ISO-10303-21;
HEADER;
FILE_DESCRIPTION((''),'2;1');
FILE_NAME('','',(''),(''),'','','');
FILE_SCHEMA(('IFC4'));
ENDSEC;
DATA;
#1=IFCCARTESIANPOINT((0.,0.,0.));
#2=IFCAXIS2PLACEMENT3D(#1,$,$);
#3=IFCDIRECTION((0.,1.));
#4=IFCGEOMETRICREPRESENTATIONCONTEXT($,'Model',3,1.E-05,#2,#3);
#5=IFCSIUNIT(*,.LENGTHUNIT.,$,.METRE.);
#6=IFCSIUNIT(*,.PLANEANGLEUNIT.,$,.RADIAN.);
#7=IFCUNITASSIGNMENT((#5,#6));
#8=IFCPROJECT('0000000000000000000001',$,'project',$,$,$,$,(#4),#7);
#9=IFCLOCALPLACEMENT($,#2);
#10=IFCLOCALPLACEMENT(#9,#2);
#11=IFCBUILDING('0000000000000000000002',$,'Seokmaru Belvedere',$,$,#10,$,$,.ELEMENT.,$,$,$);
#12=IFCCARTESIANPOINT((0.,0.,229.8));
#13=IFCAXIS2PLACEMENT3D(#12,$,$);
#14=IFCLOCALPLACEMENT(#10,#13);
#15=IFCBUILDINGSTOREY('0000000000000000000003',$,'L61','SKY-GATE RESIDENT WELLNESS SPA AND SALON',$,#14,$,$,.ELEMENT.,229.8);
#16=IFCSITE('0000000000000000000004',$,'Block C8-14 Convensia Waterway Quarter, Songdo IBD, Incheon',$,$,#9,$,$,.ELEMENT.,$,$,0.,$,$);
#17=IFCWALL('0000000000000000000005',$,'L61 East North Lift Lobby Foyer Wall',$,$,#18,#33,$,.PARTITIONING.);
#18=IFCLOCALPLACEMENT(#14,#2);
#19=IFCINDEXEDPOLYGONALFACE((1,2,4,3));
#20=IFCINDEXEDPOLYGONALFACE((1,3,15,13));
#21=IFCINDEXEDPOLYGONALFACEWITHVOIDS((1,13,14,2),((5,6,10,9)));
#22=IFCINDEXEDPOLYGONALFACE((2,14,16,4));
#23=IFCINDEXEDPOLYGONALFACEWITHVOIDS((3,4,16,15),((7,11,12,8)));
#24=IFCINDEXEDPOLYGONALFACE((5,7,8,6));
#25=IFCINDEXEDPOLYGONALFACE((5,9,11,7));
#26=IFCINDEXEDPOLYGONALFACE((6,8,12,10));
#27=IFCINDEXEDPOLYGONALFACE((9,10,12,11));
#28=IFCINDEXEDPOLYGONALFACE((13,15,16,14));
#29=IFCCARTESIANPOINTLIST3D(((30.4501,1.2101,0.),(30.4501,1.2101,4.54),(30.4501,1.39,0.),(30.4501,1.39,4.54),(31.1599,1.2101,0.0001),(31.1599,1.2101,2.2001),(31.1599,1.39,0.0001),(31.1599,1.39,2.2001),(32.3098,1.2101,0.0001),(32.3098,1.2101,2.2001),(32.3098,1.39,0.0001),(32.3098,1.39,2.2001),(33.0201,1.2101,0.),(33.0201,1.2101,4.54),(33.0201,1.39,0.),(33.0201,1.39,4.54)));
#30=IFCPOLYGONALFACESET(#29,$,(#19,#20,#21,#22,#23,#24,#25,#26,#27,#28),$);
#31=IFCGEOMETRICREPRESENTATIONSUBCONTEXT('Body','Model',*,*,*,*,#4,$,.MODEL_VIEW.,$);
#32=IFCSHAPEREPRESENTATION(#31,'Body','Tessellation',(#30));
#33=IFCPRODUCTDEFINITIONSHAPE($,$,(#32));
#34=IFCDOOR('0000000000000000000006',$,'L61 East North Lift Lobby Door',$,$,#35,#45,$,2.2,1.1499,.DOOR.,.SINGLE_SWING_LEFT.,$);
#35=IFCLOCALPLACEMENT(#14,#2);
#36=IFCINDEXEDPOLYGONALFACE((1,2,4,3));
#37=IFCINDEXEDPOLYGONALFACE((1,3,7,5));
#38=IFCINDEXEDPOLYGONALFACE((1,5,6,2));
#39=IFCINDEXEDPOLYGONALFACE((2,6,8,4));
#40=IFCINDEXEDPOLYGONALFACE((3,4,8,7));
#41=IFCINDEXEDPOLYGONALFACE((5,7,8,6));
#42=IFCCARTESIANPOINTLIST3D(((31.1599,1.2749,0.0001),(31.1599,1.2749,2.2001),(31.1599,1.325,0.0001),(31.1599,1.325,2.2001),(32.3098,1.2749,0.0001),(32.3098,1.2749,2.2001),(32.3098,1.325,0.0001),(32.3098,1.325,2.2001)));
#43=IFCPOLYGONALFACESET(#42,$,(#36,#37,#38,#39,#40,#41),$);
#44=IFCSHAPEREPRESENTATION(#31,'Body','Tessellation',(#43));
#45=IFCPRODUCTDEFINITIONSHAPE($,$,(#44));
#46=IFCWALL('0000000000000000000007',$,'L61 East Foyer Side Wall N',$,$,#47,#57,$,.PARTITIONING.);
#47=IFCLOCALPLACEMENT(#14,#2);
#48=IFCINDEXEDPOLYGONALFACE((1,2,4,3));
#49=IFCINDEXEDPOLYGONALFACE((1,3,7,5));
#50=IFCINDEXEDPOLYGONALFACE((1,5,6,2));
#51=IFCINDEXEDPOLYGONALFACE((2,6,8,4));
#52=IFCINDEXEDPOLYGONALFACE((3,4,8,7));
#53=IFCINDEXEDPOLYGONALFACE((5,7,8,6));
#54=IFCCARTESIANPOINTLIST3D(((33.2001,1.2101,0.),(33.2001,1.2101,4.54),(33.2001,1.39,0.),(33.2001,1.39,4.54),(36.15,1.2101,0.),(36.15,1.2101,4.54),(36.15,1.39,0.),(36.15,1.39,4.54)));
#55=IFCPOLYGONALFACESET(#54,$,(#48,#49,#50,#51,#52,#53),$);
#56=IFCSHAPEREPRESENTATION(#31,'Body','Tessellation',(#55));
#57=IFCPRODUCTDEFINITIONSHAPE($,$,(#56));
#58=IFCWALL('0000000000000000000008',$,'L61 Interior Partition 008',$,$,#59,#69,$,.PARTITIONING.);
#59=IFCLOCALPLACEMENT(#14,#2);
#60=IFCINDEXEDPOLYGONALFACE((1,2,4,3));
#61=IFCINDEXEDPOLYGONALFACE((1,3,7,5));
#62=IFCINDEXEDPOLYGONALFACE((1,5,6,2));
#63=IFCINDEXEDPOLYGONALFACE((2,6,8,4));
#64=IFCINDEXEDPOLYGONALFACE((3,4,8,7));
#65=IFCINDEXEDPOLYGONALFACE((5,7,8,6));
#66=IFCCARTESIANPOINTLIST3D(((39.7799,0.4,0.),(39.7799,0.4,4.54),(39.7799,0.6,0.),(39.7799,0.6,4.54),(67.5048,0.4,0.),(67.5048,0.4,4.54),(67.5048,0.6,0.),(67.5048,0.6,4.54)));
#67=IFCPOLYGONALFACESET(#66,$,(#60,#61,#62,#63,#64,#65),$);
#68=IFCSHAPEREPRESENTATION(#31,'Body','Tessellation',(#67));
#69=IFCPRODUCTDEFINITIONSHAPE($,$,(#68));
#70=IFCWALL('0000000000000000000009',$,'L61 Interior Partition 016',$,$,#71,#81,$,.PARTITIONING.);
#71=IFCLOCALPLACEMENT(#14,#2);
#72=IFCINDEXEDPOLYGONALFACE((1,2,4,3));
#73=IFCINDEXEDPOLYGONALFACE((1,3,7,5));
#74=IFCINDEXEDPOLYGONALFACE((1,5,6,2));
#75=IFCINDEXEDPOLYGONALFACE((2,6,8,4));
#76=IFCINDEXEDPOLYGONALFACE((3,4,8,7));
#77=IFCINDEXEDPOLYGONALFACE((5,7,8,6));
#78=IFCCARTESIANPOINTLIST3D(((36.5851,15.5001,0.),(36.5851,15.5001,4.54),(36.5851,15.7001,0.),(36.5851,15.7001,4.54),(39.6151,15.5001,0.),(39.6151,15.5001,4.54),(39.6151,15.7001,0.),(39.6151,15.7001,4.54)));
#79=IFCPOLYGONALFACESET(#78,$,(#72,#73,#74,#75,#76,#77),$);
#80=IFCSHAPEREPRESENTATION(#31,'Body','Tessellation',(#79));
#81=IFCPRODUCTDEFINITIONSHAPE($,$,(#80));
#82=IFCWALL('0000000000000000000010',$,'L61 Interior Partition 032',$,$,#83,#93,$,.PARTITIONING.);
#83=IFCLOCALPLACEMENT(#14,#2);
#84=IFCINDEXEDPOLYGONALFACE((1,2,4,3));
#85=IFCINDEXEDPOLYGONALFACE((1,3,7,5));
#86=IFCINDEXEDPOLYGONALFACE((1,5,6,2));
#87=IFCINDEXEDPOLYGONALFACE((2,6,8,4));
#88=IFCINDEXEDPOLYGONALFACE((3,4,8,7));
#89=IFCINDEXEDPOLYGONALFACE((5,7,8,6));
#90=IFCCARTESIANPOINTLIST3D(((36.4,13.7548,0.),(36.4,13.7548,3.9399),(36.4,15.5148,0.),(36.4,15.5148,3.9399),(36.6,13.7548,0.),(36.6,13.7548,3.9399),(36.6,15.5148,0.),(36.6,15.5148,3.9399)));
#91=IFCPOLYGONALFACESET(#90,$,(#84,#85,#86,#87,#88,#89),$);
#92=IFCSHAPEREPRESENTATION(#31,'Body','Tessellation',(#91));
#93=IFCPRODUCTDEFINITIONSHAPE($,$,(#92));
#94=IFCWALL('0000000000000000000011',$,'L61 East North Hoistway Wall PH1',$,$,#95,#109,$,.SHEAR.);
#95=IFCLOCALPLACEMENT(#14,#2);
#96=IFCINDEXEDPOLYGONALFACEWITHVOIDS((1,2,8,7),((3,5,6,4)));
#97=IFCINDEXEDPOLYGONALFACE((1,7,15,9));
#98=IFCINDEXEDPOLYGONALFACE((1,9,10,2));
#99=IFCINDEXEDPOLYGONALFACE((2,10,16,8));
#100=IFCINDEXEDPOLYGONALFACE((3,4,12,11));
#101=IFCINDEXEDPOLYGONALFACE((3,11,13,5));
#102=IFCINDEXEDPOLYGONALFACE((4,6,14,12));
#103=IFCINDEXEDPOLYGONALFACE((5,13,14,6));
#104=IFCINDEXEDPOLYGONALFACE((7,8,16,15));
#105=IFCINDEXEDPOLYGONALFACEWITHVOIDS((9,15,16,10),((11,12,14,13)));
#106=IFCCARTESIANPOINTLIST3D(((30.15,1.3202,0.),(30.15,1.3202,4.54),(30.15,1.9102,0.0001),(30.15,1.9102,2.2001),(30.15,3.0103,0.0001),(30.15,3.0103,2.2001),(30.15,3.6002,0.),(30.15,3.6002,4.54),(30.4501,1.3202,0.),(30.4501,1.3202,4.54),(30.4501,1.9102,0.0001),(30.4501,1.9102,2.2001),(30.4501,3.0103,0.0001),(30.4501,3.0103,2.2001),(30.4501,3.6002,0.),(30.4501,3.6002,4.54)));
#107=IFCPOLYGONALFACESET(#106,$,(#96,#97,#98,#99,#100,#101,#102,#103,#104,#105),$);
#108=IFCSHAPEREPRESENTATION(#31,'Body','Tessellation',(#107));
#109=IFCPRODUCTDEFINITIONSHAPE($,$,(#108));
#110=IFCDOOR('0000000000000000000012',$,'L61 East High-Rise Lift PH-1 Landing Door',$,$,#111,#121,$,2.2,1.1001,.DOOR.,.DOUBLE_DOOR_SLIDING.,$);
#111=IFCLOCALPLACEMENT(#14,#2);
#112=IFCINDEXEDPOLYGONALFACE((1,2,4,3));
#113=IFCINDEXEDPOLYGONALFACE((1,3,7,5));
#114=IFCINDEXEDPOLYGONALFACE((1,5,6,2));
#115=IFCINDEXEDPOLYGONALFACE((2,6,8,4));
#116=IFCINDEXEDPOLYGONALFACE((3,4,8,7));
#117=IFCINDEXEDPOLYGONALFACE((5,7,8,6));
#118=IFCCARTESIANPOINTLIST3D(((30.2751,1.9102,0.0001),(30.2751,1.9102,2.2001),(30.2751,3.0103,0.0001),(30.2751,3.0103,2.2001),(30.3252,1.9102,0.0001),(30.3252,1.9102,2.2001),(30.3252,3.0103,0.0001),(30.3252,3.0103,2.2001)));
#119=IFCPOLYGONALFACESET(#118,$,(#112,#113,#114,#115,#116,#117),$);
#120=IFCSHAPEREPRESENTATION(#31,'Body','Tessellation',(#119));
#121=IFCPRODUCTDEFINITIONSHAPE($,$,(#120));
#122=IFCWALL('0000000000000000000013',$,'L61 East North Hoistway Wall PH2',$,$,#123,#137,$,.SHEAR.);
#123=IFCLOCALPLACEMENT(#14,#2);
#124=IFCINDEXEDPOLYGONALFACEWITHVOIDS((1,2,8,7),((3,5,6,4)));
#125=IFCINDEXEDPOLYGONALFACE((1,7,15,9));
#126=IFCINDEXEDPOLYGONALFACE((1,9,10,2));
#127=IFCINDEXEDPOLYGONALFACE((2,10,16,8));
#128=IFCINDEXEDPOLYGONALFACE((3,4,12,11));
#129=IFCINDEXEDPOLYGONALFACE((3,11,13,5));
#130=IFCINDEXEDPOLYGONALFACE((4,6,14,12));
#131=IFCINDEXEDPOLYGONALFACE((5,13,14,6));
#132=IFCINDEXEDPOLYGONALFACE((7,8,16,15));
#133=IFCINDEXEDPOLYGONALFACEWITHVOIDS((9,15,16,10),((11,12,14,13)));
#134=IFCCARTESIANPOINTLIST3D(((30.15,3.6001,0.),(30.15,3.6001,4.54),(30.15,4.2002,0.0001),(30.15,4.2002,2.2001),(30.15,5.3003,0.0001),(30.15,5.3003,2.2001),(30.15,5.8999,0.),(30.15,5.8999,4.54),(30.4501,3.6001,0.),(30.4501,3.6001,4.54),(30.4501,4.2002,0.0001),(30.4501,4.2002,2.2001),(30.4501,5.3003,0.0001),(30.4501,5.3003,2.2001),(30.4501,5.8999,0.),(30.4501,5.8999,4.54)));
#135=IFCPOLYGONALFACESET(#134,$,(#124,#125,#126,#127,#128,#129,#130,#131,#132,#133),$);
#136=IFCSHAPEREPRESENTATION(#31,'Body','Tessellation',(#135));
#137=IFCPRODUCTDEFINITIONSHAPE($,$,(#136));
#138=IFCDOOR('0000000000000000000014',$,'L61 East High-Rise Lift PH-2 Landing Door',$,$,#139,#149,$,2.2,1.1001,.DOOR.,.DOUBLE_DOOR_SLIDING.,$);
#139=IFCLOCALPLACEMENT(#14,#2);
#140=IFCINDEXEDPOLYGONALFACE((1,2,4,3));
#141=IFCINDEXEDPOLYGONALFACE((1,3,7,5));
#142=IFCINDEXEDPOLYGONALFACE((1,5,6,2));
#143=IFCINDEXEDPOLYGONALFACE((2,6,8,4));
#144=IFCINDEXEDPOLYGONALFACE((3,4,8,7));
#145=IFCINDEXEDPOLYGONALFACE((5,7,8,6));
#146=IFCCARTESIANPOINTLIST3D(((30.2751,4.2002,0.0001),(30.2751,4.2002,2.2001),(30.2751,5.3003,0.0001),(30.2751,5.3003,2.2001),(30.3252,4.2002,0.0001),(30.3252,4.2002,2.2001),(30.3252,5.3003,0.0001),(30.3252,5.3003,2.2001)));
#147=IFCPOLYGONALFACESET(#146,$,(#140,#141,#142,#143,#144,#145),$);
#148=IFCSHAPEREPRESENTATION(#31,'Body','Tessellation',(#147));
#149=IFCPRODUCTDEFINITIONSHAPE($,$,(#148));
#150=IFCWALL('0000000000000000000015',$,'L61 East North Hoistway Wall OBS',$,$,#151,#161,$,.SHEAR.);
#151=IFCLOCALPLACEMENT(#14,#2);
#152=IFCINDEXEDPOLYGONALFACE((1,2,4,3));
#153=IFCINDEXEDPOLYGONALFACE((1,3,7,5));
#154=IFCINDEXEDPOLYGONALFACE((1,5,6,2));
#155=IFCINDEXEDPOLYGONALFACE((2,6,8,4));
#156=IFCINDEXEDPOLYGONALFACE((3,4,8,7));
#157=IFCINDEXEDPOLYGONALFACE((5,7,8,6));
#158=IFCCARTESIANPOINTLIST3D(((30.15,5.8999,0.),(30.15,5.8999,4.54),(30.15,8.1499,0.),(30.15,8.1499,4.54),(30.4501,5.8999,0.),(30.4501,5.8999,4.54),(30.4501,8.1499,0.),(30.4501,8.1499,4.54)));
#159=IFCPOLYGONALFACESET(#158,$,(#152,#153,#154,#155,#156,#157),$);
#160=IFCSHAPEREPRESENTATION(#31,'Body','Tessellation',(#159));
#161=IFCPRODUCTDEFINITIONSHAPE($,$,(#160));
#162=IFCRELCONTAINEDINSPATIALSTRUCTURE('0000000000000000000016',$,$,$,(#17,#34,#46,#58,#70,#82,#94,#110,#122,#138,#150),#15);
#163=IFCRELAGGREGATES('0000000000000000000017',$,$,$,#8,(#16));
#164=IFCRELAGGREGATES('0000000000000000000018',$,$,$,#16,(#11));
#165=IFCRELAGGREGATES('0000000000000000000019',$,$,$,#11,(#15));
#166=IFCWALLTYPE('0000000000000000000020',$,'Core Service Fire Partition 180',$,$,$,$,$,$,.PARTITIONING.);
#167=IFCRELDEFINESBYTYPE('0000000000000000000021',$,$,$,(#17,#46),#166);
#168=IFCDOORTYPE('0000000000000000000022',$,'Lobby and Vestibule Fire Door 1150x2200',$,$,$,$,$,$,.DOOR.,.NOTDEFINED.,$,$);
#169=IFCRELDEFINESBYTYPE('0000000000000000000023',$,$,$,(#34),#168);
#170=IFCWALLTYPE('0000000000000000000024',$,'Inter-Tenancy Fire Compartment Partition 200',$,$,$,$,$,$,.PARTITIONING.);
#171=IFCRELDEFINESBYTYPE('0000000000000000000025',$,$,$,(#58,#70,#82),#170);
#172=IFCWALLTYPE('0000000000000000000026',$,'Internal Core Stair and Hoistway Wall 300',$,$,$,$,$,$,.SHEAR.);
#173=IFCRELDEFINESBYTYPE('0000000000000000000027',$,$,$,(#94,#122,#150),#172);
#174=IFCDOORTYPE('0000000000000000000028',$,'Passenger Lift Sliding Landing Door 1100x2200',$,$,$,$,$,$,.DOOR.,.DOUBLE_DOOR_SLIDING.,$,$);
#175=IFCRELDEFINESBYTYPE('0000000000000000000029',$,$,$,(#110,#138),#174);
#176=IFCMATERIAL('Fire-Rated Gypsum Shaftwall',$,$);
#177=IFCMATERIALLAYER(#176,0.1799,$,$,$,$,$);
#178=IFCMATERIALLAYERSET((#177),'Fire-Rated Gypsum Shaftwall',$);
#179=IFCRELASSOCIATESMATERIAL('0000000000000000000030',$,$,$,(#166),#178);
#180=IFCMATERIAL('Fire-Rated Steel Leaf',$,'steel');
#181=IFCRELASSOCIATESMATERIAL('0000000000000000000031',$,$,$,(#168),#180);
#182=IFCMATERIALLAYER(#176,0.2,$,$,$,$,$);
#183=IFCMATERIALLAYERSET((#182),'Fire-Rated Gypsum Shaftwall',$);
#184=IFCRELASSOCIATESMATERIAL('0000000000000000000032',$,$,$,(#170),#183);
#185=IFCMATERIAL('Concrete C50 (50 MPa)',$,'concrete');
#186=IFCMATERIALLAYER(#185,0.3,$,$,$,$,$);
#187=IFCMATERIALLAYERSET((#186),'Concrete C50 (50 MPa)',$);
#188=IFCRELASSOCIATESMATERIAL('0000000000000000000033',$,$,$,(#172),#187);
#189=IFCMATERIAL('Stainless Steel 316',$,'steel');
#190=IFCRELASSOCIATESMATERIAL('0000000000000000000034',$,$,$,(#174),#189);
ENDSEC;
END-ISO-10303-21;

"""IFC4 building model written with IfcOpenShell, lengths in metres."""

from ifc_helpers import new_model, si_unit, direction, frame, frame_2d, origin, place, context, subcontext, project, spatial, rectangle, extrude, source, transform, mapped, material, layer, layer_set, type_object, type_shapes, element, fill, save


model = new_model("IFC4")

# Units and contexts
model_context = context("Model", 3, precision=1e-05, world=origin(), true_north=direction((0.0, 1.0)))
body_context = subcontext(model_context, "Body", "Model", "MODEL_VIEW")
ifc_project = project(units=[si_unit("LENGTHUNIT", "METRE"), si_unit("PLANEANGLEUNIT", "RADIAN")], contexts=[model_context])

# Site, building, storey
site_placement = place(None, origin())
site = spatial("IfcSite", under=ifc_project, at=site_placement, Name="Block C8-14 Convensia Waterway Quarter, Songdo IBD, Incheon", CompositionType="ELEMENT", RefElevation=0.0)
building_placement = place(site_placement, origin())
building = spatial("IfcBuilding", under=site, at=building_placement, Name="Seokmaru Belvedere", CompositionType="ELEMENT")
storey_placement = place(building_placement, frame((0.0, 0.0, 229.8)))
storey = spatial("IfcBuildingStorey", under=building, at=storey_placement, Name="L61", Description="SKY-GATE RESIDENT WELLNESS SPA AND SALON", CompositionType="ELEMENT", Elevation=229.8)

# Shared definitions
ifc_material_1 = material(Name="Fire-Rated Gypsum Shaftwall")
ifc_layer_1 = layer(ifc_material_1, 0.1799)
ifc_layer_set_1 = layer_set([ifc_layer_1], Name="Fire-Rated Gypsum Shaftwall")
wall_type_1 = type_object("IfcWallType", Name="Core Service Fire Partition 180", PredefinedType="PARTITIONING", material=ifc_layer_set_1)

# Wall, opening, door
wall_1_placement = place(storey_placement, frame((30.45, 1.3, 0.0), z_axis=(0.0, 0.0, 1.0), x_axis=(1.0, 0.0, 0.0)))
wall_1 = element("IfcWall", 1, at=wall_1_placement, inside=storey, type_object=wall_type_1, Name="L61 East North Lift Lobby Foyer Wall", PredefinedType="PARTITIONING", context=body_context, shape_type="SweptSolid", body=[
    extrude(rectangle(XDim=2.5701, YDim=0.1799, at=frame_2d((1.2852, 0.0))), origin(), (0.0, 0.0, 1.0), 4.54),
])
opening_1_placement = place(wall_1_placement, frame((0.71, 0.0, 0.0)))
opening_1 = element("IfcOpeningElement", 2, at=opening_1_placement, cuts=wall_1, PredefinedType="OPENING", context=body_context, shape_type="SweptSolid", body=[
    extrude(rectangle(XDim=1.1499, YDim=2.2, at=frame_2d((0.575, 1.1001))), frame((0.0, 0.1001, 0.0), z_axis=(0.0, -1.0, 0.0), x_axis=(1.0, 0.0, 0.0)), (0.0, 0.0, 1.0), 0.2),
])
ifc_material_2 = material(Name="Fire-Rated Steel Leaf", Category="steel")
door_type_1 = type_object("IfcDoorType", Name="Lobby and Vestibule Fire Door 1150x2200", OperationType="NOTDEFINED", PredefinedType="DOOR", material=ifc_material_2)
shared_shape_1 = source(origin(), body_context, "Body", "SweptSolid", [
    extrude(rectangle(XDim=1.1499, YDim=2.2, at=frame_2d((0.575, 1.1001))), frame((0.0, 0.0249, 0.0), z_axis=(0.0, -1.0, 0.0), x_axis=(1.0, 0.0, 0.0)), (0.0, 0.0, 1.0), 0.05),
])
type_shapes(door_type_1, [shared_shape_1])
door_1_placement = place(opening_1_placement, origin())
door_1 = element("IfcDoor", 3, at=door_1_placement, inside=storey, type_object=door_type_1, Name="L61 East North Lift Lobby Door", OperationType="SINGLE_SWING_LEFT", OverallHeight=2.2, OverallWidth=1.1499, PredefinedType="DOOR", context=body_context, shape_type="MappedRepresentation", body=[
    mapped(shared_shape_1, transform((0.0, 0.0, 0.0), scale=1.0)),
])
fill(opening_1, door_1)

# Walls
wall_2_placement = place(storey_placement, frame((33.2, 1.3, 0.0), z_axis=(0.0, 0.0, 1.0), x_axis=(1.0, 0.0, 0.0)))
element("IfcWall", 4, at=wall_2_placement, inside=storey, type_object=wall_type_1, Name="L61 East Foyer Side Wall N", PredefinedType="PARTITIONING", context=body_context, shape_type="SweptSolid", body=[
    extrude(rectangle(XDim=2.95, YDim=0.1799, at=frame_2d((1.4751, 0.0))), origin(), (0.0, 0.0, 1.0), 4.54),
])
ifc_layer_2 = layer(ifc_material_1, 0.2)
ifc_layer_set_2 = layer_set([ifc_layer_2], Name="Fire-Rated Gypsum Shaftwall")
wall_type_2 = type_object("IfcWallType", Name="Inter-Tenancy Fire Compartment Partition 200", PredefinedType="PARTITIONING", material=ifc_layer_set_2)
wall_3_placement = place(storey_placement, frame((39.78, 0.5, 0.0), z_axis=(0.0, 0.0, 1.0), x_axis=(1.0, 0.0, 0.0)))
element("IfcWall", 5, at=wall_3_placement, inside=storey, type_object=wall_type_2, Name="L61 Interior Partition 008", PredefinedType="PARTITIONING", context=body_context, shape_type="SweptSolid", body=[
    extrude(rectangle(XDim=27.7249, YDim=0.2, at=frame_2d((13.8623, 0.0))), origin(), (0.0, 0.0, 1.0), 4.54),
])
wall_4_placement = place(storey_placement, frame((36.585, 15.6001, 0.0), z_axis=(0.0, 0.0, 1.0), x_axis=(1.0, 0.0, 0.0)))
element("IfcWall", 6, at=wall_4_placement, inside=storey, type_object=wall_type_2, Name="L61 Interior Partition 016", PredefinedType="PARTITIONING", context=body_context, shape_type="SweptSolid", body=[
    extrude(rectangle(XDim=3.03, YDim=0.2, at=frame_2d((1.5151, 0.0))), origin(), (0.0, 0.0, 1.0), 4.54),
])
wall_5_placement = place(storey_placement, frame((36.5, 13.7549, 0.0), z_axis=(0.0, 0.0, 1.0), x_axis=(0.0, 1.0, 0.0)))
element("IfcWall", 7, at=wall_5_placement, inside=storey, type_object=wall_type_2, Name="L61 Interior Partition 032", PredefinedType="PARTITIONING", context=body_context, shape_type="SweptSolid", body=[
    extrude(rectangle(XDim=1.76, YDim=0.2, at=frame_2d((0.8799, 0.0))), origin(), (0.0, 0.0, 1.0), 3.9399),
])

# Walls, openings, doors
ifc_material_3 = material(Name="Concrete C50 (50 MPa)", Category="concrete")
ifc_layer_3 = layer(ifc_material_3, 0.3)
ifc_layer_set_3 = layer_set([ifc_layer_3], Name="Concrete C50 (50 MPa)")
wall_type_3 = type_object("IfcWallType", Name="Internal Core Stair and Hoistway Wall 300", PredefinedType="SHEAR", material=ifc_layer_set_3)
wall_6_placement = place(storey_placement, frame((30.3, 1.3201, 0.0), z_axis=(0.0, 0.0, 1.0), x_axis=(0.0, 1.0, 0.0)))
wall_6 = element("IfcWall", 8, at=wall_6_placement, inside=storey, type_object=wall_type_3, Name="L61 East North Hoistway Wall PH1", PredefinedType="SHEAR", context=body_context, shape_type="SweptSolid", body=[
    extrude(rectangle(XDim=2.28, YDim=0.3, at=frame_2d((1.1401, 0.0))), origin(), (0.0, 0.0, 1.0), 4.54),
])
opening_2_placement = place(wall_6_placement, frame((0.5901, 0.0, 0.0)))
opening_2 = element("IfcOpeningElement", 9, at=opening_2_placement, cuts=wall_6, PredefinedType="OPENING", context=body_context, shape_type="SweptSolid", body=[
    extrude(rectangle(XDim=1.1001, YDim=2.2, at=frame_2d((0.55, 1.1001))), frame((0.0, 0.1602, 0.0), z_axis=(0.0, -1.0, 0.0), x_axis=(1.0, 0.0, 0.0)), (0.0, 0.0, 1.0), 0.3201),
])
ifc_material_4 = material(Name="Stainless Steel 316", Category="steel")
door_type_2 = type_object("IfcDoorType", Name="Passenger Lift Sliding Landing Door 1100x2200", OperationType="DOUBLE_DOOR_SLIDING", PredefinedType="DOOR", material=ifc_material_4)
shared_shape_2 = source(origin(), body_context, "Body", "SweptSolid", [
    extrude(rectangle(XDim=1.1001, YDim=2.2, at=frame_2d((0.55, 1.1001))), frame((0.0, 0.0249, 0.0), z_axis=(0.0, -1.0, 0.0), x_axis=(1.0, 0.0, 0.0)), (0.0, 0.0, 1.0), 0.05),
])
type_shapes(door_type_2, [shared_shape_2])
door_2_placement = place(opening_2_placement, origin())
door_2 = element("IfcDoor", 10, at=door_2_placement, inside=storey, type_object=door_type_2, Name="L61 East High-Rise Lift PH-1 Landing Door", OperationType="DOUBLE_DOOR_SLIDING", OverallHeight=2.2, OverallWidth=1.1001, PredefinedType="DOOR", context=body_context, shape_type="MappedRepresentation", body=[
    mapped(shared_shape_2, transform((0.0, 0.0, 0.0), scale=1.0)),
])
fill(opening_2, door_2)
wall_7_placement = place(storey_placement, frame((30.3, 3.6001, 0.0), z_axis=(0.0, 0.0, 1.0), x_axis=(0.0, 1.0, 0.0)))
wall_7 = element("IfcWall", 11, at=wall_7_placement, inside=storey, type_object=wall_type_3, Name="L61 East North Hoistway Wall PH2", PredefinedType="SHEAR", context=body_context, shape_type="SweptSolid", body=[
    extrude(rectangle(XDim=2.2998, YDim=0.3, at=frame_2d((1.1499, 0.0))), origin(), (0.0, 0.0, 1.0), 4.54),
])
opening_3_placement = place(wall_7_placement, frame((0.6001, 0.0, 0.0)))
opening_3 = element("IfcOpeningElement", 12, at=opening_3_placement, cuts=wall_7, PredefinedType="OPENING", context=body_context, shape_type="SweptSolid", body=[
    extrude(rectangle(XDim=1.1001, YDim=2.2, at=frame_2d((0.55, 1.1001))), frame((0.0, 0.1602, 0.0), z_axis=(0.0, -1.0, 0.0), x_axis=(1.0, 0.0, 0.0)), (0.0, 0.0, 1.0), 0.3201),
])
door_3_placement = place(opening_3_placement, origin())
door_3 = element("IfcDoor", 13, at=door_3_placement, inside=storey, type_object=door_type_2, Name="L61 East High-Rise Lift PH-2 Landing Door", OperationType="DOUBLE_DOOR_SLIDING", OverallHeight=2.2, OverallWidth=1.1001, PredefinedType="DOOR", context=body_context, shape_type="MappedRepresentation", body=[
    mapped(shared_shape_2, transform((0.0, 0.0, 0.0), scale=1.0)),
])
fill(opening_3, door_3)

# Wall
wall_8_placement = place(storey_placement, frame((30.3, 5.8999, 0.0), z_axis=(0.0, 0.0, 1.0), x_axis=(0.0, 1.0, 0.0)))
element("IfcWall", 14, at=wall_8_placement, inside=storey, type_object=wall_type_3, Name="L61 East North Hoistway Wall OBS", PredefinedType="SHEAR", context=body_context, shape_type="SweptSolid", body=[
    extrude(rectangle(XDim=2.25, YDim=0.3, at=frame_2d((1.125, 0.0))), origin(), (0.0, 0.0, 1.0), 4.54),
])

save(model, "model.ifc")
